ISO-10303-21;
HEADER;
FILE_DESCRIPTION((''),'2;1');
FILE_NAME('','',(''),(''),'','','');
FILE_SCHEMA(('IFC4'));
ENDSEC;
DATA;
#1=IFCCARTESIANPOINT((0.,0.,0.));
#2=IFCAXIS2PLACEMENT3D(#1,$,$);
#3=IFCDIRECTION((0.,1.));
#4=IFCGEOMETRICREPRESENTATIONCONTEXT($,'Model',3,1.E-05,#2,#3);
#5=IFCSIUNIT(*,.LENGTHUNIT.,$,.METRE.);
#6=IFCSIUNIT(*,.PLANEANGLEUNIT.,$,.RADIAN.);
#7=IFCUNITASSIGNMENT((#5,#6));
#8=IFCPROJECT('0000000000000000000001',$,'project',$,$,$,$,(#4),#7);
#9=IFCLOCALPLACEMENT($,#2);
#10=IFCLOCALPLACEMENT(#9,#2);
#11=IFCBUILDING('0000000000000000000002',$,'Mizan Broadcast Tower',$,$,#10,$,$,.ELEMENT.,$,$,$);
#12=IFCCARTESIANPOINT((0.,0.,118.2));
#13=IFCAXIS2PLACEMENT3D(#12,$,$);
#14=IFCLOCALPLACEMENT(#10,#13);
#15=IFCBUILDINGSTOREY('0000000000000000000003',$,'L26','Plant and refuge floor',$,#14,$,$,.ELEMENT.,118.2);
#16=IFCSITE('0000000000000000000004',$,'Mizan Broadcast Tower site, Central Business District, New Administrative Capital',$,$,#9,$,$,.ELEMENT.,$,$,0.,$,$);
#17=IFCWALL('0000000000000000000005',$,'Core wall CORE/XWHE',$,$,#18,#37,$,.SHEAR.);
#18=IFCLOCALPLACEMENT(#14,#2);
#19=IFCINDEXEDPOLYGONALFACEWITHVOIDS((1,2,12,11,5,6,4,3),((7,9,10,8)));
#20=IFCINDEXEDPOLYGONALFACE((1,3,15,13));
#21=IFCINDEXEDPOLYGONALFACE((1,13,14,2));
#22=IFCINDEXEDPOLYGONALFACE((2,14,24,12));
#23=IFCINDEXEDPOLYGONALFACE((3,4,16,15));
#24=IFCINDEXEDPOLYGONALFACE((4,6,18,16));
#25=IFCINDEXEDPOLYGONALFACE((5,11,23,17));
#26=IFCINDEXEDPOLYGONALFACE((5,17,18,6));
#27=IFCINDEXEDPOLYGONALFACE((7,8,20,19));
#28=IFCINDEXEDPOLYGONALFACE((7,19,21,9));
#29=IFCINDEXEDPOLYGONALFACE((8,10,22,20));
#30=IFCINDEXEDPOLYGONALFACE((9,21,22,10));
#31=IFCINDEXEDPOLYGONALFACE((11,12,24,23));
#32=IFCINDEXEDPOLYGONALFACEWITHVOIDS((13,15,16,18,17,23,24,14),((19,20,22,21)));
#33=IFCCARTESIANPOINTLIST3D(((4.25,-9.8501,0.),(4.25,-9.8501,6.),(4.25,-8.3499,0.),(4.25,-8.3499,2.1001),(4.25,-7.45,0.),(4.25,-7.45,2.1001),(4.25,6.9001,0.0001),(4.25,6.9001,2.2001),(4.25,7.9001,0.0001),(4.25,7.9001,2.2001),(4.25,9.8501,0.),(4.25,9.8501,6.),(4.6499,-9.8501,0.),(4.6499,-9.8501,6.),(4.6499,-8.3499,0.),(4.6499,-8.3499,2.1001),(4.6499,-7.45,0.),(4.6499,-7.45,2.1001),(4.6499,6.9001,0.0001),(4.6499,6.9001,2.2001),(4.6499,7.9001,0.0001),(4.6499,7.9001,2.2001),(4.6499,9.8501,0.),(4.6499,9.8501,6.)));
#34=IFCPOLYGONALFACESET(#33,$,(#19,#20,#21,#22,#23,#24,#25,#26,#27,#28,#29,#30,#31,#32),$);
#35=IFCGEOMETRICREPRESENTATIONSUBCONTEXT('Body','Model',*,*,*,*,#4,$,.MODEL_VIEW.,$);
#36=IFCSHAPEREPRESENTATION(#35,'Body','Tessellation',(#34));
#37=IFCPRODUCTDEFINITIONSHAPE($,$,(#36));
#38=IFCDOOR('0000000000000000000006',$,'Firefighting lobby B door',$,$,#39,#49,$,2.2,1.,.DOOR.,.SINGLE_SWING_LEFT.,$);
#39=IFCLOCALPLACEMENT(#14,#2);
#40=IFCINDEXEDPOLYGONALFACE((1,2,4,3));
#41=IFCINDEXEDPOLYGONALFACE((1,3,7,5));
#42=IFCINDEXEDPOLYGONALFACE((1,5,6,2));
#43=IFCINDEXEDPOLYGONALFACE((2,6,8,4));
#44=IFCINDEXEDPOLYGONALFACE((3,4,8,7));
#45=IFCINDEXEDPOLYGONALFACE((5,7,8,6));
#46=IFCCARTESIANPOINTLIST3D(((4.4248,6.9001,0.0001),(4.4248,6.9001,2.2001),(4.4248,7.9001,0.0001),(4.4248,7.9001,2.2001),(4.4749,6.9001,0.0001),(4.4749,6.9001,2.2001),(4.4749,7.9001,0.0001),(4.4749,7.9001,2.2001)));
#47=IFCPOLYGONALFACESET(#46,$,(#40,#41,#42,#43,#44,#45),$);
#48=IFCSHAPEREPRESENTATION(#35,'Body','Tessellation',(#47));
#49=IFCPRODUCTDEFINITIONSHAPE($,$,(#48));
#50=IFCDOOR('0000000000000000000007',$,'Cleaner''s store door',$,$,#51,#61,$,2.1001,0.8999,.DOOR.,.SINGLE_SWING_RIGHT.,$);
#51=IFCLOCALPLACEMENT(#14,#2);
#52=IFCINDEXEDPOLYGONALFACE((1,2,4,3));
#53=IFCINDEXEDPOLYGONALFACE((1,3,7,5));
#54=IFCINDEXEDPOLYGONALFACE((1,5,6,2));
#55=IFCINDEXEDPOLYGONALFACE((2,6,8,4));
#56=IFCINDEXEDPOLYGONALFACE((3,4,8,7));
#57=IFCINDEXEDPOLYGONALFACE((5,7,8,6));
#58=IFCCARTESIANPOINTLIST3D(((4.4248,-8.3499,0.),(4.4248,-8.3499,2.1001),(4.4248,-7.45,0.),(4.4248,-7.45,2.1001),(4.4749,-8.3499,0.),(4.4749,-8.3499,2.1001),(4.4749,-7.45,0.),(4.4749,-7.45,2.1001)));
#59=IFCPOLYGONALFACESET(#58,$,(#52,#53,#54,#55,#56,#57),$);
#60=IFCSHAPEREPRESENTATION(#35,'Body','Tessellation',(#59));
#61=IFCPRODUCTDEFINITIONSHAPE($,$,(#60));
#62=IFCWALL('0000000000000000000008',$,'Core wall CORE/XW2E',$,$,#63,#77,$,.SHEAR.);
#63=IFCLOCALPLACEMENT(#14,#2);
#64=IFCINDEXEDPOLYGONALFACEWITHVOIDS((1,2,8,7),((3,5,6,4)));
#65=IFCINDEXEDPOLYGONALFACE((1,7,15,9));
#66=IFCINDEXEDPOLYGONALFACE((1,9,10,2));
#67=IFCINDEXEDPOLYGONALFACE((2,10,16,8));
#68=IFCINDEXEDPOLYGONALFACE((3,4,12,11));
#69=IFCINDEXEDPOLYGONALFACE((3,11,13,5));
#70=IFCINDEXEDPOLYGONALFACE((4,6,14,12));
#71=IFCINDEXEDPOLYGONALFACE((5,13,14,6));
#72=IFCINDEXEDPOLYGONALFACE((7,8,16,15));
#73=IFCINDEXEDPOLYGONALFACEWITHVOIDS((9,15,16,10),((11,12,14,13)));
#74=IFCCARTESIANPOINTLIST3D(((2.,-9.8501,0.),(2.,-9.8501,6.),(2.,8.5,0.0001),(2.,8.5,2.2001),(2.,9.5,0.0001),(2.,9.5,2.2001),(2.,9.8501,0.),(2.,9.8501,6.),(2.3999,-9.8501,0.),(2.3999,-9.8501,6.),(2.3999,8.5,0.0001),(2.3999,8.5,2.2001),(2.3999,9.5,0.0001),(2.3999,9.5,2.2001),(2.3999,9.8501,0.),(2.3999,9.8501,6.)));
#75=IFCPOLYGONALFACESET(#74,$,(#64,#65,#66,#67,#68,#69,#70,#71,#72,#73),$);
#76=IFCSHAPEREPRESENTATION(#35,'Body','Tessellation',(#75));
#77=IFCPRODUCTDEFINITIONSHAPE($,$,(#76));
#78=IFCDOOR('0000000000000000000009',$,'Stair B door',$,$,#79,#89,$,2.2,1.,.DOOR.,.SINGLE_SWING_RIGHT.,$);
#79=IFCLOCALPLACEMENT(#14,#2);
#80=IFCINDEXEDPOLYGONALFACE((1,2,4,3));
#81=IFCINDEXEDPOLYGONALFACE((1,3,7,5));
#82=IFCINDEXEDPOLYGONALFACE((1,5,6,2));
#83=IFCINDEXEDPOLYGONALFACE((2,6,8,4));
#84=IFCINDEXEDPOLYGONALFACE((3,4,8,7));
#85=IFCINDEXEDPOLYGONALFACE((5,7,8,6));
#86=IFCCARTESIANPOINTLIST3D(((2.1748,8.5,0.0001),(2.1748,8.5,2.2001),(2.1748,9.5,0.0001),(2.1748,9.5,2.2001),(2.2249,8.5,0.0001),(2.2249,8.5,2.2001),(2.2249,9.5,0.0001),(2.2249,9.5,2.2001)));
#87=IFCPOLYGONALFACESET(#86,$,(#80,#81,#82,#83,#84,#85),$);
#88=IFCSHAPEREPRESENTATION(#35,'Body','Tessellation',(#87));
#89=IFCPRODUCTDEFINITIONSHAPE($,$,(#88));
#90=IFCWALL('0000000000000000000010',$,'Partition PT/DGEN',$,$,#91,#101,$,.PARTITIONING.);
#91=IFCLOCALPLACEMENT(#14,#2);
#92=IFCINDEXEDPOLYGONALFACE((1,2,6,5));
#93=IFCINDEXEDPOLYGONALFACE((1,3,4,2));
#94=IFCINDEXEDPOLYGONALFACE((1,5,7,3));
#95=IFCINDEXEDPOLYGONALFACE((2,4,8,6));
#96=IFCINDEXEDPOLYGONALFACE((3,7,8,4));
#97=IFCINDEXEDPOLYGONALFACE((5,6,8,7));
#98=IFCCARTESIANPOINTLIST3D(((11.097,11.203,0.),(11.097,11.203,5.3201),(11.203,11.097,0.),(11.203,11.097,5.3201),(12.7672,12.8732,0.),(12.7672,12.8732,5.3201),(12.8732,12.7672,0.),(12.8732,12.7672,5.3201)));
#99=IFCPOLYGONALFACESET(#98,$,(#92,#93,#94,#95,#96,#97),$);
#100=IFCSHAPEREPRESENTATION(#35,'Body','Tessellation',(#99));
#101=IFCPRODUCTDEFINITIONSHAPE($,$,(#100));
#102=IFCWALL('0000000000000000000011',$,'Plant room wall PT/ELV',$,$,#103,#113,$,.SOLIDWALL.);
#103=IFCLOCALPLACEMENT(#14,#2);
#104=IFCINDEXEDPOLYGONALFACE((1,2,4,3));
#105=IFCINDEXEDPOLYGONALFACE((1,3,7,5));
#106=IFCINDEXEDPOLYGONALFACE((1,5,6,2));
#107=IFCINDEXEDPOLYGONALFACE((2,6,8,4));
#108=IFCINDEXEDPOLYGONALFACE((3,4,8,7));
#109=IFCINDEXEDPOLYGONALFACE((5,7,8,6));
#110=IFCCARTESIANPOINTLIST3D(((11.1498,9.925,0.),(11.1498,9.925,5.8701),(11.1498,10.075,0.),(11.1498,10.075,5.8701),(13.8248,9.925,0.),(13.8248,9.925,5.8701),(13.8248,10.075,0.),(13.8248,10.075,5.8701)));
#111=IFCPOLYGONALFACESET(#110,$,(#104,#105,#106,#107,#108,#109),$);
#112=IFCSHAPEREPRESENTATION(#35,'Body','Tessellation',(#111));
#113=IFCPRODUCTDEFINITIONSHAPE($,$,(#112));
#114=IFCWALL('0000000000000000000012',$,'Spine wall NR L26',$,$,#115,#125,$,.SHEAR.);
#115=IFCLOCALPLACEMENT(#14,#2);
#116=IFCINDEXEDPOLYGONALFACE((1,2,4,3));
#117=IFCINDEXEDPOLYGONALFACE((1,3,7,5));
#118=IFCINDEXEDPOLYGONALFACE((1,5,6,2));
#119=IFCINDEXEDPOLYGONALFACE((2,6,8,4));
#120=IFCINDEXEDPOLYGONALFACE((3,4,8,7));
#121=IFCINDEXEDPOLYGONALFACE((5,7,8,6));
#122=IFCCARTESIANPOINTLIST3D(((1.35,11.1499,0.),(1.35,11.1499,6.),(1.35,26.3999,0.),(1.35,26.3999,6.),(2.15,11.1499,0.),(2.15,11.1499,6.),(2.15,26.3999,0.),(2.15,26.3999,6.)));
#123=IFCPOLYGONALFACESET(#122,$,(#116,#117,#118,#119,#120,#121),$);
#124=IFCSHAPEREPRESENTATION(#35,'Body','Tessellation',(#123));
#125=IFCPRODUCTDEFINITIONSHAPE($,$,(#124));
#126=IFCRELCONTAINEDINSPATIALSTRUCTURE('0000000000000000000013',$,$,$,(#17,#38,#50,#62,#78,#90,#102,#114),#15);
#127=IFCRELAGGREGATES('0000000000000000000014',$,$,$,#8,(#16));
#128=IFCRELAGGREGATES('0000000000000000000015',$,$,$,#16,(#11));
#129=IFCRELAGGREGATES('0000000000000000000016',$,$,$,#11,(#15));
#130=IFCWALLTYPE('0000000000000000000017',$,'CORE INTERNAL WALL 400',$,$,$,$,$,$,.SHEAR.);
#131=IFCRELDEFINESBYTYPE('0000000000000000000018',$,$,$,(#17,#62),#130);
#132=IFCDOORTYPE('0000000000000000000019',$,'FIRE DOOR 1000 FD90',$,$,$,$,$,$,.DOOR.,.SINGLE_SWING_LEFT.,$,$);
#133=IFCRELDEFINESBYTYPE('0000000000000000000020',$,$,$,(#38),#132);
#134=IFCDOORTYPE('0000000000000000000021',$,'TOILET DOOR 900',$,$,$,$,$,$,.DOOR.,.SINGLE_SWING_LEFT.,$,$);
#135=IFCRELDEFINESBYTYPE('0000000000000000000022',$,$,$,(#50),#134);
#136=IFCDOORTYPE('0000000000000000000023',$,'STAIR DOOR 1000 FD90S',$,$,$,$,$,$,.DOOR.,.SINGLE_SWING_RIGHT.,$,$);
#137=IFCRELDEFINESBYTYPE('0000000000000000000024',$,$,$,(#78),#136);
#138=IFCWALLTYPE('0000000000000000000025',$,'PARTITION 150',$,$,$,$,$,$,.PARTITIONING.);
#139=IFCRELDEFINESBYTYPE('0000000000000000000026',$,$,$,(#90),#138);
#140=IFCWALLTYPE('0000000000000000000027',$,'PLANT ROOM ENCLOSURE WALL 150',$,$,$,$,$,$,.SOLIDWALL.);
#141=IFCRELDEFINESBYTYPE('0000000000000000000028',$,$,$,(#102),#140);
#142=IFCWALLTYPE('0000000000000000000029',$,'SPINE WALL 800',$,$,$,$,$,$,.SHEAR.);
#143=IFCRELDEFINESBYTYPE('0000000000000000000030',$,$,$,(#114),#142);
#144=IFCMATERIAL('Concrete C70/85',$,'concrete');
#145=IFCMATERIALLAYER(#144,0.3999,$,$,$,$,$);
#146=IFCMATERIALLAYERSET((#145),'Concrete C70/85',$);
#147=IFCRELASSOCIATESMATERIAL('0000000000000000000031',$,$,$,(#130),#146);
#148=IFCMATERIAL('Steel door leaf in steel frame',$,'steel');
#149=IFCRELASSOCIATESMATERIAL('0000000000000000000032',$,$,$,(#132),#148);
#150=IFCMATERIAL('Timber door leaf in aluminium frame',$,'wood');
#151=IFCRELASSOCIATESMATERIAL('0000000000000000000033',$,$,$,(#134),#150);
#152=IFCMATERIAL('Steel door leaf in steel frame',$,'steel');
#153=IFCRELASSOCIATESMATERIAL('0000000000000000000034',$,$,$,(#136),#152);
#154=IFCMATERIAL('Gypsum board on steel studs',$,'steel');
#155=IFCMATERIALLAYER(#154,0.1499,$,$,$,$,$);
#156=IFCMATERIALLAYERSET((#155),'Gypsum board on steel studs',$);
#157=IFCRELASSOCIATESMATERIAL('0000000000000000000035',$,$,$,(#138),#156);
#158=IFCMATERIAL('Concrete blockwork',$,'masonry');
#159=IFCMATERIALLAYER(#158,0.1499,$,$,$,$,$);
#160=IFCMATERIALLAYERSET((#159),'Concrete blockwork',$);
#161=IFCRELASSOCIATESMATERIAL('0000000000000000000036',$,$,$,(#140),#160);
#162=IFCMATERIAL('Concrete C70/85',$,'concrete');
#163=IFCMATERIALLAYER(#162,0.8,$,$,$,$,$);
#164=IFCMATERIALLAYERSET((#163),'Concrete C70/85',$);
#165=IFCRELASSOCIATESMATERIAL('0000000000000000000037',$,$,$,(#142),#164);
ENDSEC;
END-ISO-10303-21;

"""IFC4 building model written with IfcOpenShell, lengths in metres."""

from ifc_helpers import new_model, si_unit, direction, frame, frame_2d, origin, place, context, subcontext, project, spatial, rectangle, extrude, material, layer, layer_set, type_object, element, fill, save


model = new_model("IFC4")

# Units and contexts
model_context = context("Model", 3, precision=1e-05, world=origin(), true_north=direction((0.0, 1.0)))
body_context = subcontext(model_context, "Body", "Model", "MODEL_VIEW")
ifc_project = project(units=[si_unit("LENGTHUNIT", "METRE"), si_unit("PLANEANGLEUNIT", "RADIAN")], contexts=[model_context])

# Site, building, storey
site_placement = place(None, origin())
site = spatial("IfcSite", under=ifc_project, at=site_placement, Name="Mizan Broadcast Tower site, Central Business District, New Administrative Capital", CompositionType="ELEMENT", RefElevation=0.0)
building_placement = place(site_placement, origin())
building = spatial("IfcBuilding", under=site, at=building_placement, Name="Mizan Broadcast Tower", CompositionType="ELEMENT")
storey_placement = place(building_placement, frame((0.0, 0.0, 118.2)))
storey = spatial("IfcBuildingStorey", under=building, at=storey_placement, Name="L26", Description="Plant and refuge floor", CompositionType="ELEMENT", Elevation=118.2)

# Wall, openings, doors
ifc_material_1 = material(Name="Concrete C70/85", Category="concrete")
ifc_layer_1 = layer(ifc_material_1, 0.3999)
ifc_layer_set_1 = layer_set([ifc_layer_1], Name="Concrete C70/85")
wall_type_1 = type_object("IfcWallType", Name="CORE INTERNAL WALL 400", PredefinedType="SHEAR", material=ifc_layer_set_1)
ifc_material_2 = material(Name="Steel door leaf in steel frame", Category="steel")
door_type_1 = type_object("IfcDoorType", Name="FIRE DOOR 1000 FD90", OperationType="SINGLE_SWING_LEFT", PredefinedType="DOOR", material=ifc_material_2)
ifc_material_3 = material(Name="Timber door leaf in aluminium frame", Category="wood")
door_type_2 = type_object("IfcDoorType", Name="TOILET DOOR 900", OperationType="SINGLE_SWING_LEFT", PredefinedType="DOOR", material=ifc_material_3)
wall_1_placement = place(storey_placement, frame((4.45, 9.8501, 0.0), z_axis=(0.0, 0.0, 1.0), x_axis=(0.0, -1.0, 0.0)))
wall_1 = element("IfcWall", 1, at=wall_1_placement, inside=storey, type_object=wall_type_1, Name="Core wall CORE/XWHE", PredefinedType="SHEAR", context=body_context, shape_type="SweptSolid", body=[
    extrude(rectangle(XDim=19.7002, YDim=0.3999, at=frame_2d((9.8501, 0.0))), origin(), (0.0, 0.0, 1.0), 6.0),
])
opening_1_placement = place(wall_1_placement, frame((1.95, 0.0, 0.0)))
opening_1 = element("IfcOpeningElement", 2, at=opening_1_placement, cuts=wall_1, PredefinedType="OPENING", context=body_context, shape_type="SweptSolid", body=[
    extrude(rectangle(XDim=1.0, YDim=2.2, at=frame_2d((0.5, 1.1001))), frame((0.0, 0.21, 0.0), z_axis=(0.0, -1.0, 0.0), x_axis=(1.0, 0.0, 0.0)), (0.0, 0.0, 1.0), 0.4199),
])
opening_2_placement = place(wall_1_placement, frame((17.3, 0.0, 0.0)))
opening_2 = element("IfcOpeningElement", 3, at=opening_2_placement, cuts=wall_1, PredefinedType="OPENING", context=body_context, shape_type="SweptSolid", body=[
    extrude(rectangle(XDim=0.8999, YDim=2.1001, at=frame_2d((0.45, 1.05))), frame((0.0, 0.21, 0.0), z_axis=(0.0, -1.0, 0.0), x_axis=(1.0, 0.0, 0.0)), (0.0, 0.0, 1.0), 0.4199),
])
door_1_placement = place(opening_1_placement, origin())
door_1 = element("IfcDoor", 4, at=door_1_placement, inside=storey, type_object=door_type_1, Name="Firefighting lobby B door", OperationType="SINGLE_SWING_LEFT", OverallHeight=2.2, OverallWidth=1.0, PredefinedType="DOOR", context=body_context, shape_type="SweptSolid", body=[
    extrude(rectangle(XDim=1.0, YDim=2.2, at=frame_2d((0.5, 1.1001))), frame((0.0, 0.0249, 0.0), z_axis=(0.0, -1.0, 0.0), x_axis=(1.0, 0.0, 0.0)), (0.0, 0.0, 1.0), 0.05),
])
fill(opening_1, door_1)
door_2_placement = place(opening_2_placement, origin())
door_2 = element("IfcDoor", 5, at=door_2_placement, inside=storey, type_object=door_type_2, Name="Cleaner's store door", OperationType="SINGLE_SWING_RIGHT", OverallHeight=2.1001, OverallWidth=0.8999, PredefinedType="DOOR", context=body_context, shape_type="SweptSolid", body=[
    extrude(rectangle(XDim=0.8999, YDim=2.1001, at=frame_2d((0.45, 1.05))), frame((0.0, 0.0249, 0.0), z_axis=(0.0, -1.0, 0.0), x_axis=(1.0, 0.0, 0.0)), (0.0, 0.0, 1.0), 0.05),
])
fill(opening_2, door_2)

# Wall, opening, door
wall_2_placement = place(storey_placement, frame((2.2, 9.8501, 0.0), z_axis=(0.0, 0.0, 1.0), x_axis=(0.0, -1.0, 0.0)))
wall_2 = element("IfcWall", 6, at=wall_2_placement, inside=storey, type_object=wall_type_1, Name="Core wall CORE/XW2E", PredefinedType="SHEAR", context=body_context, shape_type="SweptSolid", body=[
    extrude(rectangle(XDim=19.7002, YDim=0.3999, at=frame_2d((9.8501, 0.0))), origin(), (0.0, 0.0, 1.0), 6.0),
])
opening_3_placement = place(wall_2_placement, frame((0.3501, 0.0, 0.0)))
opening_3 = element("IfcOpeningElement", 7, at=opening_3_placement, cuts=wall_2, PredefinedType="OPENING", context=body_context, shape_type="SweptSolid", body=[
    extrude(rectangle(XDim=1.0, YDim=2.2, at=frame_2d((0.5, 1.1001))), frame((0.0, 0.21, 0.0), z_axis=(0.0, -1.0, 0.0), x_axis=(1.0, 0.0, 0.0)), (0.0, 0.0, 1.0), 0.4199),
])
ifc_material_4 = material(Name="Steel door leaf in steel frame", Category="steel")
door_type_3 = type_object("IfcDoorType", Name="STAIR DOOR 1000 FD90S", OperationType="SINGLE_SWING_RIGHT", PredefinedType="DOOR", material=ifc_material_4)
door_3_placement = place(opening_3_placement, origin())
door_3 = element("IfcDoor", 8, at=door_3_placement, inside=storey, type_object=door_type_3, Name="Stair B door", OperationType="SINGLE_SWING_RIGHT", OverallHeight=2.2, OverallWidth=1.0, PredefinedType="DOOR", context=body_context, shape_type="SweptSolid", body=[
    extrude(rectangle(XDim=1.0, YDim=2.2, at=frame_2d((0.5, 1.1001))), frame((0.0, 0.0249, 0.0), z_axis=(0.0, -1.0, 0.0), x_axis=(1.0, 0.0, 0.0)), (0.0, 0.0, 1.0), 0.05),
])
fill(opening_3, door_3)

# Walls
ifc_material_5 = material(Name="Gypsum board on steel studs", Category="steel")
ifc_layer_2 = layer(ifc_material_5, 0.1499)
ifc_layer_set_2 = layer_set([ifc_layer_2], Name="Gypsum board on steel studs")
wall_type_2 = type_object("IfcWallType", Name="PARTITION 150", PredefinedType="PARTITIONING", material=ifc_layer_set_2)
wall_3_placement = place(storey_placement, frame((11.1499, 11.1499, 0.0), z_axis=(0.0, 0.0, 1.0), x_axis=(0.707107, 0.707107, 0.0)))
element("IfcWall", 9, at=wall_3_placement, inside=storey, type_object=wall_type_2, Name="Partition PT/DGEN", PredefinedType="PARTITIONING", context=body_context, shape_type="SweptSolid", body=[
    extrude(rectangle(XDim=2.3621, YDim=0.1499, at=frame_2d((1.1812, 0.0))), origin(), (0.0, 0.0, 1.0), 5.3201),
])
ifc_material_6 = material(Name="Concrete blockwork", Category="masonry")
ifc_layer_3 = layer(ifc_material_6, 0.1499)
ifc_layer_set_3 = layer_set([ifc_layer_3], Name="Concrete blockwork")
wall_type_3 = type_object("IfcWallType", Name="PLANT ROOM ENCLOSURE WALL 150", PredefinedType="SOLIDWALL", material=ifc_layer_set_3)
wall_4_placement = place(storey_placement, frame((11.1499, 10.0, 0.0), z_axis=(0.0, 0.0, 1.0), x_axis=(1.0, 0.0, 0.0)))
element("IfcWall", 10, at=wall_4_placement, inside=storey, type_object=wall_type_3, Name="Plant room wall PT/ELV", PredefinedType="SOLIDWALL", context=body_context, shape_type="SweptSolid", body=[
    extrude(rectangle(XDim=2.675, YDim=0.1499, at=frame_2d((1.3374, 0.0))), origin(), (0.0, 0.0, 1.0), 5.8701),
])
ifc_material_7 = material(Name="Concrete C70/85", Category="concrete")
ifc_layer_4 = layer(ifc_material_7, 0.8)
ifc_layer_set_4 = layer_set([ifc_layer_4], Name="Concrete C70/85")
wall_type_4 = type_object("IfcWallType", Name="SPINE WALL 800", PredefinedType="SHEAR", material=ifc_layer_set_4)
wall_5_placement = place(storey_placement, frame((1.75, 11.1499, 0.0), z_axis=(0.0, 0.0, 1.0), x_axis=(0.0, 1.0, 0.0)))
element("IfcWall", 11, at=wall_5_placement, inside=storey, type_object=wall_type_4, Name="Spine wall NR L26", PredefinedType="SHEAR", context=body_context, shape_type="SweptSolid", body=[
    extrude(rectangle(XDim=15.25, YDim=0.8, at=frame_2d((7.625, 0.0))), origin(), (0.0, 0.0, 1.0), 6.0),
])

save(model, "model.ifc")
